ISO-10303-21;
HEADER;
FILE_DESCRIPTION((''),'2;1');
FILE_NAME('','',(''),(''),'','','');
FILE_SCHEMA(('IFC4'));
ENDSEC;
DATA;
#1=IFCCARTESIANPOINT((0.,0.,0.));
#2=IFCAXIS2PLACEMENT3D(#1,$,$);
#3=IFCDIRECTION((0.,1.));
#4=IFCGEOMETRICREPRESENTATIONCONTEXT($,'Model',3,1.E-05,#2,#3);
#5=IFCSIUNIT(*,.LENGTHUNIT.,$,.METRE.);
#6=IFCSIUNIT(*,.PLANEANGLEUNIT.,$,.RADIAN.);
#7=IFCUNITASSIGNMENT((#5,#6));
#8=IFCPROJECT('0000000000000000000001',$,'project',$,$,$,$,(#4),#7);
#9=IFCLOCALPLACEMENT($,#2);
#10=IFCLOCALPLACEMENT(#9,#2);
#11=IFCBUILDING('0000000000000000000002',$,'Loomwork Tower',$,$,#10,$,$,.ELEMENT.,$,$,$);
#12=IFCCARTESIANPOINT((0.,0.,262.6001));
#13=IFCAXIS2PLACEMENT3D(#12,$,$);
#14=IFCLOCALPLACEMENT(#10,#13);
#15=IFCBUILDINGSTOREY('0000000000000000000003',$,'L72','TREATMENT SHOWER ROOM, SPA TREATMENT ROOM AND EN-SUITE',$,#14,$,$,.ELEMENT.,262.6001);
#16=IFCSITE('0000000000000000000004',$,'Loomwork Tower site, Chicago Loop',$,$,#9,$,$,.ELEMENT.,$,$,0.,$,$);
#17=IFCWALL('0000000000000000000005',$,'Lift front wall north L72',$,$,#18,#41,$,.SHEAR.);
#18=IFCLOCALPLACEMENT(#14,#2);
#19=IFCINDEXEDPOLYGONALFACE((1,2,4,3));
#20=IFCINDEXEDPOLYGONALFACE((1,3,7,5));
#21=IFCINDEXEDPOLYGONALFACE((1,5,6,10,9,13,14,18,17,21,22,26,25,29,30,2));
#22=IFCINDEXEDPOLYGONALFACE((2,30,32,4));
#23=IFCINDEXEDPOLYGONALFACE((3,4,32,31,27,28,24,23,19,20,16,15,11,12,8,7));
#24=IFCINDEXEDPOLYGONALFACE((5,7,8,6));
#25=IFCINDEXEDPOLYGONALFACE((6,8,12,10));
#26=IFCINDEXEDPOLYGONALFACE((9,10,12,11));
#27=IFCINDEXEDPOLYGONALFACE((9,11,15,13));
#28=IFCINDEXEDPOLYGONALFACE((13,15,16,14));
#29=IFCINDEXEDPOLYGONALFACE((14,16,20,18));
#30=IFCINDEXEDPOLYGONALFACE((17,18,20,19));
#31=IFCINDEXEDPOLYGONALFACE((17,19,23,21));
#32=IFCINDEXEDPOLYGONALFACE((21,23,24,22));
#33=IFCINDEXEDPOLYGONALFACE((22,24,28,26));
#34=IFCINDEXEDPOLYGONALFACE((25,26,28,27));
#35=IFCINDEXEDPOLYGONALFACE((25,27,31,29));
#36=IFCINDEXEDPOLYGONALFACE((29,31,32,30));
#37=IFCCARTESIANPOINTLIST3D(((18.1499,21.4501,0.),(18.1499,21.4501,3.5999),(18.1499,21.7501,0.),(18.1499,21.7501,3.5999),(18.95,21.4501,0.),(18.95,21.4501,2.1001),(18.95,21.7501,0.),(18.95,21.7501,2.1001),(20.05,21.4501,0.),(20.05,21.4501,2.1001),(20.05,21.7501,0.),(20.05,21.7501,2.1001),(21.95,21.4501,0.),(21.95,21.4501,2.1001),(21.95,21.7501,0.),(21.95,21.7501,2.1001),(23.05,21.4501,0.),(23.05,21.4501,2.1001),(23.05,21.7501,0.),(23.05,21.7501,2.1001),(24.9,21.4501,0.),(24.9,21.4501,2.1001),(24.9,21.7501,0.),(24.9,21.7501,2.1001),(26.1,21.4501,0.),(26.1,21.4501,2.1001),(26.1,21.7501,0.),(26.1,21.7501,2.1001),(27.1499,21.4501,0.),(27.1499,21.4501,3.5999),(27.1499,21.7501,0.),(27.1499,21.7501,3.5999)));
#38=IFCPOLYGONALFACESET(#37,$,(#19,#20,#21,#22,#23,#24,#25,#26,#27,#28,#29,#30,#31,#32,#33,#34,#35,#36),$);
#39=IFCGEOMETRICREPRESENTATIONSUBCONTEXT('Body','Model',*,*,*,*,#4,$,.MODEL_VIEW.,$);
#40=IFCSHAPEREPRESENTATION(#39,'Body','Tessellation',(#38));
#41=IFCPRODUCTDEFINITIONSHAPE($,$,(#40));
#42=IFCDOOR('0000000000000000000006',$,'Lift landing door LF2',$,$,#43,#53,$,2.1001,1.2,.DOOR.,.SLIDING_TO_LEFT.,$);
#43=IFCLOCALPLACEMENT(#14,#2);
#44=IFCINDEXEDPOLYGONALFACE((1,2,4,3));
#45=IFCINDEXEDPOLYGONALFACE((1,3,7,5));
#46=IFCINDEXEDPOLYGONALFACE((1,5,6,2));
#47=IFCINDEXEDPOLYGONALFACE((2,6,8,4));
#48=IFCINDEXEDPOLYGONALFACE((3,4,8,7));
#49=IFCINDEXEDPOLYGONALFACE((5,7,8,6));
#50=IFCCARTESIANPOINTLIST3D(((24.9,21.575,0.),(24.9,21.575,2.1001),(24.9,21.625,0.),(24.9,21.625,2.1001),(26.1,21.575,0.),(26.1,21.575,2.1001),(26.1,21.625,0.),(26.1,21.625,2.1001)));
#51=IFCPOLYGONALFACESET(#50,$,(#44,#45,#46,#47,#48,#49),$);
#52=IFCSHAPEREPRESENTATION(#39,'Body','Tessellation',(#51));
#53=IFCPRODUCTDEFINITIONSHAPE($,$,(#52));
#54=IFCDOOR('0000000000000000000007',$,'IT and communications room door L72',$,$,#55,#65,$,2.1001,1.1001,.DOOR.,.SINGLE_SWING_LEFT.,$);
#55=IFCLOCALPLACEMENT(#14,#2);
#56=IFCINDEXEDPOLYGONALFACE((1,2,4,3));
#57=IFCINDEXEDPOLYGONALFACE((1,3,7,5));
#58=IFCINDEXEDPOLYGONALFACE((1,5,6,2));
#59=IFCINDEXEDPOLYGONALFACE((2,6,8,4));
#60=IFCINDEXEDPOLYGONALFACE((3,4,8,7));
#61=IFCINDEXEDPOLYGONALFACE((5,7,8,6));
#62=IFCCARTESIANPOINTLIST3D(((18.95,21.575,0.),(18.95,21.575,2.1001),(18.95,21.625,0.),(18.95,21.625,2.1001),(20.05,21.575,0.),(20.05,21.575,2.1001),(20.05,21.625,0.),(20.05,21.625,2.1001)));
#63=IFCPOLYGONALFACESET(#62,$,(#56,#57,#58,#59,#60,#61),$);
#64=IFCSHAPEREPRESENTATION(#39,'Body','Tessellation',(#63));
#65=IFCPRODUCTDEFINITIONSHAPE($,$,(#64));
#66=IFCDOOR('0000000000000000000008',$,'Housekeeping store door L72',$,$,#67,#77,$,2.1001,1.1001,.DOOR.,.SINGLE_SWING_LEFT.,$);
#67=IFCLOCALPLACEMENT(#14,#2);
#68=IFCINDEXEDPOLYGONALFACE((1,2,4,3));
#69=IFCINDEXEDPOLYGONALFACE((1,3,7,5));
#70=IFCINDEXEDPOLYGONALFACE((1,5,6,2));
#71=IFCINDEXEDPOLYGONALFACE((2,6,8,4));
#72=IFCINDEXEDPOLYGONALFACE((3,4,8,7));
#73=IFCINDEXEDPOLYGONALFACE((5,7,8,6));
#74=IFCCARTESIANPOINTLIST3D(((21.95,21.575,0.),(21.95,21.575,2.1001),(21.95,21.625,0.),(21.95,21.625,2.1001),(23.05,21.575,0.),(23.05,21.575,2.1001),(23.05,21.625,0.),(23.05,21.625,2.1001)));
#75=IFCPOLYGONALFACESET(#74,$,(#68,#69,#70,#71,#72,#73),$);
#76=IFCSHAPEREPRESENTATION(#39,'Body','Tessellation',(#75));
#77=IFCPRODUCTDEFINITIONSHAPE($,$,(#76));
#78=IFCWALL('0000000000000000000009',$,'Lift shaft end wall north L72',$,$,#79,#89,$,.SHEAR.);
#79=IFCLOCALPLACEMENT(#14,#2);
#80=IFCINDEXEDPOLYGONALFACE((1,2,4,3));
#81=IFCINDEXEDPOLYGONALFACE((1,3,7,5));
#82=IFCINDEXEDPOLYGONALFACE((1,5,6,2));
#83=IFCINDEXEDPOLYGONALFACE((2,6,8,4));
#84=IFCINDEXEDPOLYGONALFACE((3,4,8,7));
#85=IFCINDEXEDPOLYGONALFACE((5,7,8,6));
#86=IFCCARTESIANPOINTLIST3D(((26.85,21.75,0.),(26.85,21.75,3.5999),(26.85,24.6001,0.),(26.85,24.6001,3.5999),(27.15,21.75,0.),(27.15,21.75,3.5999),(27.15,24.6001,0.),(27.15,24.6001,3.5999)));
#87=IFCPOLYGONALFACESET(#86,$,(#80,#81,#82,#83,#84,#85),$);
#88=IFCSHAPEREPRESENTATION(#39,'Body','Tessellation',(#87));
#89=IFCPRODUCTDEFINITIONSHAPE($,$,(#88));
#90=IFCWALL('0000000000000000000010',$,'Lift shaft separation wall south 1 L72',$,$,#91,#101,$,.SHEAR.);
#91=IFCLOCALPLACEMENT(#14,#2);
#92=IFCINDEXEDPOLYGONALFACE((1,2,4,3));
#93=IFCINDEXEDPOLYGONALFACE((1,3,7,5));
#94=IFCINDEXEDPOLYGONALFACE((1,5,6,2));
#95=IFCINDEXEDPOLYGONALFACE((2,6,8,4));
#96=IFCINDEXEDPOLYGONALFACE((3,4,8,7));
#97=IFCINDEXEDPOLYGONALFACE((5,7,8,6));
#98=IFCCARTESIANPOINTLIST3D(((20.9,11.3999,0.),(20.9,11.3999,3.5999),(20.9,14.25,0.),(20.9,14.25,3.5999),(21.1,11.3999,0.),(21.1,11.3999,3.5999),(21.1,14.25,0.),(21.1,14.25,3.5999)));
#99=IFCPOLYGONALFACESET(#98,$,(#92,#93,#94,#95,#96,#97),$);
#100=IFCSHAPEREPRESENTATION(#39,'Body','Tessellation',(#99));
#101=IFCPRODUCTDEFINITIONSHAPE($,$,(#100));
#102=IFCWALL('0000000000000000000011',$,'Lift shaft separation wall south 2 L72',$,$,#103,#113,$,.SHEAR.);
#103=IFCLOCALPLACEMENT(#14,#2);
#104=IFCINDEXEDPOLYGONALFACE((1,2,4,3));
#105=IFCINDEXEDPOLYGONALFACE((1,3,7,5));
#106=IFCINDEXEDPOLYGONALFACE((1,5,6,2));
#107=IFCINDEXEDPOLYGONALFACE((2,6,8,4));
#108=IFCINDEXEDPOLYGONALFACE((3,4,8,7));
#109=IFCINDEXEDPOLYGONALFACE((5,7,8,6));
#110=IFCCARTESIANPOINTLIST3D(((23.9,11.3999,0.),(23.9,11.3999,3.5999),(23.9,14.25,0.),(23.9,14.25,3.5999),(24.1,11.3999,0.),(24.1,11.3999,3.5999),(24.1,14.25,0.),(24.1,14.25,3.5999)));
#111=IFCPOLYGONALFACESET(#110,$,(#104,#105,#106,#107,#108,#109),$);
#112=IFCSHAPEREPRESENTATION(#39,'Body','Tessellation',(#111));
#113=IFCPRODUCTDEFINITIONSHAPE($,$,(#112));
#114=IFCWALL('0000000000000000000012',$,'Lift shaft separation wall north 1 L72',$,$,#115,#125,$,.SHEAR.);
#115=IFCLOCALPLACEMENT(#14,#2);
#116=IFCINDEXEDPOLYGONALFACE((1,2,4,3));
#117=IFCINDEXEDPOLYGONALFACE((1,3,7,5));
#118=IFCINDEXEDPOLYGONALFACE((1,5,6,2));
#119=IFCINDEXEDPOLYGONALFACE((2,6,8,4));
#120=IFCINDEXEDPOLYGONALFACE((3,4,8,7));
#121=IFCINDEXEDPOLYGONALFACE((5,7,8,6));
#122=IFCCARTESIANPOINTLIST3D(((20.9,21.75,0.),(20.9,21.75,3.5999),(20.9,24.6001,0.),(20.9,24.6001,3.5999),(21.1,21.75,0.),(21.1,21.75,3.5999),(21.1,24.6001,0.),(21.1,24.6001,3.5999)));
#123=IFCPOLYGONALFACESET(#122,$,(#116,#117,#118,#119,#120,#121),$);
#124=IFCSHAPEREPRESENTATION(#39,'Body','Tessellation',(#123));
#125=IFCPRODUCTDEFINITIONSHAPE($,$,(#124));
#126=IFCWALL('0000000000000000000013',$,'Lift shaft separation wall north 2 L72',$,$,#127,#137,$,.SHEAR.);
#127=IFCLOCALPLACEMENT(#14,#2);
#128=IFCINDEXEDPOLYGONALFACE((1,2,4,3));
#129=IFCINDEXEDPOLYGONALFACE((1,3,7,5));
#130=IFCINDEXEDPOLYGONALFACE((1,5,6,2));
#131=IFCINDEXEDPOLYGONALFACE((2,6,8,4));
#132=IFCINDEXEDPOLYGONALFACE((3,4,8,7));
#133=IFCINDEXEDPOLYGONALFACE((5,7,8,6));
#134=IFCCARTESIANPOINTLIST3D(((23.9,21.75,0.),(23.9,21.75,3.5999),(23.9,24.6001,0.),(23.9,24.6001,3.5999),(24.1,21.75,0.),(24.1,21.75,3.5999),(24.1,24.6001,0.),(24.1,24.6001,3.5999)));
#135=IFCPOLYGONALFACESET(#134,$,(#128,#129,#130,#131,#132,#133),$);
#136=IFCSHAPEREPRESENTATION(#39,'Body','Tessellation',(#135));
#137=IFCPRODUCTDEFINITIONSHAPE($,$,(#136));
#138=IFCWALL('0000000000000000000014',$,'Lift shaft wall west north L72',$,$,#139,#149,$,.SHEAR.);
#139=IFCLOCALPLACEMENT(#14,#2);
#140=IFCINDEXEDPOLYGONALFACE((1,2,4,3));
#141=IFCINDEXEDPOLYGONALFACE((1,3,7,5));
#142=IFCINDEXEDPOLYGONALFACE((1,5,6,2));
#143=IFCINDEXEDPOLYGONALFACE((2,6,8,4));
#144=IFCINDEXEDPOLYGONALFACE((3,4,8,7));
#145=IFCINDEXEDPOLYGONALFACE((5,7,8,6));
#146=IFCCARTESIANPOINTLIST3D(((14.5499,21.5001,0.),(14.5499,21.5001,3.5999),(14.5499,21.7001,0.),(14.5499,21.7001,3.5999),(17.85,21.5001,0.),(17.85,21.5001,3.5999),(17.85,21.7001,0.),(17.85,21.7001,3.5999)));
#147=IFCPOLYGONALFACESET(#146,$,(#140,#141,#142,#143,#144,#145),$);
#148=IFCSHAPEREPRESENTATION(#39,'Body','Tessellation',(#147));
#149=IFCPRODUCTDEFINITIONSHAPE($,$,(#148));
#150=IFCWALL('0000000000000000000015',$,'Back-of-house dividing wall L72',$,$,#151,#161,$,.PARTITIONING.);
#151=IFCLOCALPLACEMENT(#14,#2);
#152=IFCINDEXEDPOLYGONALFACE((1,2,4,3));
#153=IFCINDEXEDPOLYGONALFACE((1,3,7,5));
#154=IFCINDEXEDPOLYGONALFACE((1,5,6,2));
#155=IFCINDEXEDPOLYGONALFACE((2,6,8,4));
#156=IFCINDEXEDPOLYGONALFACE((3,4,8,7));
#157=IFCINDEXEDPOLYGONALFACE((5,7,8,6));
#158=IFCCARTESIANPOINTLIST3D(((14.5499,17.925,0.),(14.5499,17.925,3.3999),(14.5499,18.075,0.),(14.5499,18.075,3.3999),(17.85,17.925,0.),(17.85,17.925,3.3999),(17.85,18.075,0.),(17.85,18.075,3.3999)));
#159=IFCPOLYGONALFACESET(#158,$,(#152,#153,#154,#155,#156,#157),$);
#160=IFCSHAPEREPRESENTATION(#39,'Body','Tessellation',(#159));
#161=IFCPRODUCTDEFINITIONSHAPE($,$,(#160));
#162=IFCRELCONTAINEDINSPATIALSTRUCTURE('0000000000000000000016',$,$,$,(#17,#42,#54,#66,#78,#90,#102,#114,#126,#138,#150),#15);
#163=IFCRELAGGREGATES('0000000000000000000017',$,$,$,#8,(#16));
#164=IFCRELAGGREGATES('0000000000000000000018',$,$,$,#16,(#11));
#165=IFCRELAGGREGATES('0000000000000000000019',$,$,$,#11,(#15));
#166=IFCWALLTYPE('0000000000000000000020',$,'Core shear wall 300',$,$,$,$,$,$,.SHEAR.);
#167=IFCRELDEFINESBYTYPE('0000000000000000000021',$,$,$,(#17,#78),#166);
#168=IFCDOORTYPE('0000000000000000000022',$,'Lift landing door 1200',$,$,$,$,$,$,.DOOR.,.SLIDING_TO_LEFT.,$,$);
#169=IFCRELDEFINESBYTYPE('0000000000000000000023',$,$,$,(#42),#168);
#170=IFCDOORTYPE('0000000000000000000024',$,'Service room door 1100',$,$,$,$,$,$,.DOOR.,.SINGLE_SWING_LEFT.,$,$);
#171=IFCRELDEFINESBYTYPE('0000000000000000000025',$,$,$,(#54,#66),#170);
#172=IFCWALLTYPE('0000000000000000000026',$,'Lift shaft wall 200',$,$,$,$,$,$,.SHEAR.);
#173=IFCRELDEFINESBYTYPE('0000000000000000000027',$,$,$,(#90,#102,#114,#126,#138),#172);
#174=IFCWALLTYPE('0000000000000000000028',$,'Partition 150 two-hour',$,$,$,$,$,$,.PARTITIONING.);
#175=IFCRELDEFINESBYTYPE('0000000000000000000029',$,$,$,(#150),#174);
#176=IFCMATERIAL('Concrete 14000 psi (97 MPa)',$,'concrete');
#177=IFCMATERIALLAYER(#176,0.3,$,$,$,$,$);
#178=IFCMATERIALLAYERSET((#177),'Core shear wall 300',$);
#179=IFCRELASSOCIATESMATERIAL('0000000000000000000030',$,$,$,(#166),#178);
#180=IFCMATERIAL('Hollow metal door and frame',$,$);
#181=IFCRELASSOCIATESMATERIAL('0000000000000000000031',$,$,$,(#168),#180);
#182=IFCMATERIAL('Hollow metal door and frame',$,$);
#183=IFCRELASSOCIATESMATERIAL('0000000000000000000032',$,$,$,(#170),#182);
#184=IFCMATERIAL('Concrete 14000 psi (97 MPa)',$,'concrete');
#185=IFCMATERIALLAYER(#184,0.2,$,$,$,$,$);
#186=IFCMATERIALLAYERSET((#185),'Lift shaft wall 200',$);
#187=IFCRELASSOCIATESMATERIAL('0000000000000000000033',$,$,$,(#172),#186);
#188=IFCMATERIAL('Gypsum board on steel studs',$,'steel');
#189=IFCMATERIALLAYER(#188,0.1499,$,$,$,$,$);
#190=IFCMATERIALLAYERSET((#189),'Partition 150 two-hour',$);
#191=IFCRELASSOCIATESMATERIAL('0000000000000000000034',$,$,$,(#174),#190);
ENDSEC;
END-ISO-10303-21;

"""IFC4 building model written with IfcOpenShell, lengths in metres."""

from ifc_helpers import new_model, si_unit, direction, frame, frame_2d, origin, place, context, subcontext, project, spatial, rectangle, extrude, material, layer, layer_set, type_object, element, fill, save


model = new_model("IFC4")

# Units and contexts
model_context = context("Model", 3, precision=1e-05, world=origin(), true_north=direction((0.0, 1.0)))
body_context = subcontext(model_context, "Body", "Model", "MODEL_VIEW")
ifc_project = project(units=[si_unit("LENGTHUNIT", "METRE"), si_unit("PLANEANGLEUNIT", "RADIAN")], contexts=[model_context])

# Site, building, storey
site_placement = place(None, origin())
site = spatial("IfcSite", under=ifc_project, at=site_placement, Name="Loomwork Tower site, Chicago Loop", CompositionType="ELEMENT", RefElevation=0.0)
building_placement = place(site_placement, origin())
building = spatial("IfcBuilding", under=site, at=building_placement, Name="Loomwork Tower", CompositionType="ELEMENT")
storey_placement = place(building_placement, frame((0.0, 0.0, 262.6001)))
storey = spatial("IfcBuildingStorey", under=building, at=storey_placement, Name="L72", Description="TREATMENT SHOWER ROOM, SPA TREATMENT ROOM AND EN-SUITE", CompositionType="ELEMENT", Elevation=262.6001)

# Shared definitions
ifc_material_1 = material(Name="Concrete 14000 psi (97 MPa)", Category="concrete")
ifc_layer_1 = layer(ifc_material_1, 0.3)
ifc_layer_set_1 = layer_set([ifc_layer_1], Name="Core shear wall 300")
wall_type_1 = type_object("IfcWallType", Name="Core shear wall 300", PredefinedType="SHEAR", material=ifc_layer_set_1)
ifc_material_2 = material(Name="Hollow metal door and frame")
door_type_1 = type_object("IfcDoorType", Name="Lift landing door 1200", OperationType="SLIDING_TO_LEFT", PredefinedType="DOOR", material=ifc_material_2)
ifc_material_3 = material(Name="Hollow metal door and frame")
door_type_2 = type_object("IfcDoorType", Name="Service room door 1100", OperationType="SINGLE_SWING_LEFT", PredefinedType="DOOR", material=ifc_material_3)

# Wall, openings, doors
wall_1_placement = place(storey_placement, frame((18.1499, 21.6001, 0.0), z_axis=(0.0, 0.0, 1.0), x_axis=(1.0, 0.0, 0.0)))
wall_1 = element("IfcWall", 1, at=wall_1_placement, inside=storey, type_object=wall_type_1, Name="Lift front wall north L72", PredefinedType="SHEAR", context=body_context, shape_type="SweptSolid", body=[
    extrude(rectangle(XDim=9.0, YDim=0.3, at=frame_2d((4.5, 0.0))), origin(), (0.0, 0.0, 1.0), 3.5999),
])
opening_1_placement = place(wall_1_placement, frame((6.75, 0.0, 0.0)))
opening_1 = element("IfcOpeningElement", 2, at=opening_1_placement, cuts=wall_1, PredefinedType="OPENING", context=body_context, shape_type="SweptSolid", body=[
    extrude(rectangle(XDim=1.2, YDim=2.1001, at=frame_2d((0.6001, 1.05))), frame((0.0, 0.1599, 0.0), z_axis=(0.0, -1.0, 0.0), x_axis=(1.0, 0.0, 0.0)), (0.0, 0.0, 1.0), 0.3201),
])
opening_2_placement = place(wall_1_placement, frame((0.8, 0.0, 0.0)))
opening_2 = element("IfcOpeningElement", 3, at=opening_2_placement, cuts=wall_1, PredefinedType="OPENING", context=body_context, shape_type="SweptSolid", body=[
    extrude(rectangle(XDim=1.1001, YDim=2.1001, at=frame_2d((0.55, 1.05))), frame((0.0, 0.1599, 0.0), z_axis=(0.0, -1.0, 0.0), x_axis=(1.0, 0.0, 0.0)), (0.0, 0.0, 1.0), 0.3201),
])
opening_3_placement = place(wall_1_placement, frame((3.8, 0.0, 0.0)))
opening_3 = element("IfcOpeningElement", 4, at=opening_3_placement, cuts=wall_1, PredefinedType="OPENING", context=body_context, shape_type="SweptSolid", body=[
    extrude(rectangle(XDim=1.1001, YDim=2.1001, at=frame_2d((0.55, 1.05))), frame((0.0, 0.1599, 0.0), z_axis=(0.0, -1.0, 0.0), x_axis=(1.0, 0.0, 0.0)), (0.0, 0.0, 1.0), 0.3201),
])
door_1_placement = place(opening_1_placement, origin())
door_1 = element("IfcDoor", 5, at=door_1_placement, inside=storey, type_object=door_type_1, Name="Lift landing door LF2", OperationType="SLIDING_TO_LEFT", OverallHeight=2.1001, OverallWidth=1.2, PredefinedType="DOOR", context=body_context, shape_type="SweptSolid", body=[
    extrude(rectangle(XDim=1.2, YDim=2.1001, at=frame_2d((0.6001, 1.05))), frame((0.0, 0.0249, 0.0), z_axis=(0.0, -1.0, 0.0), x_axis=(1.0, 0.0, 0.0)), (0.0, 0.0, 1.0), 0.05),
])
fill(opening_1, door_1)
door_2_placement = place(opening_2_placement, origin())
door_2 = element("IfcDoor", 6, at=door_2_placement, inside=storey, type_object=door_type_2, Name="IT and communications room door L72", OperationType="SINGLE_SWING_LEFT", OverallHeight=2.1001, OverallWidth=1.1001, PredefinedType="DOOR", context=body_context, shape_type="SweptSolid", body=[
    extrude(rectangle(XDim=1.1001, YDim=2.1001, at=frame_2d((0.55, 1.05))), frame((0.0, 0.0249, 0.0), z_axis=(0.0, -1.0, 0.0), x_axis=(1.0, 0.0, 0.0)), (0.0, 0.0, 1.0), 0.05),
])
fill(opening_2, door_2)
door_3_placement = place(opening_3_placement, origin())
door_3 = element("IfcDoor", 7, at=door_3_placement, inside=storey, type_object=door_type_2, Name="Housekeeping store door L72", OperationType="SINGLE_SWING_LEFT", OverallHeight=2.1001, OverallWidth=1.1001, PredefinedType="DOOR", context=body_context, shape_type="SweptSolid", body=[
    extrude(rectangle(XDim=1.1001, YDim=2.1001, at=frame_2d((0.55, 1.05))), frame((0.0, 0.0249, 0.0), z_axis=(0.0, -1.0, 0.0), x_axis=(1.0, 0.0, 0.0)), (0.0, 0.0, 1.0), 0.05),
])
fill(opening_3, door_3)

# Walls
wall_2_placement = place(storey_placement, frame((27.0, 21.75, 0.0), z_axis=(0.0, 0.0, 1.0), x_axis=(0.0, 1.0, 0.0)))
element("IfcWall", 8, at=wall_2_placement, inside=storey, type_object=wall_type_1, Name="Lift shaft end wall north L72", PredefinedType="SHEAR", context=body_context, shape_type="SweptSolid", body=[
    extrude(rectangle(XDim=2.8501, YDim=0.3, at=frame_2d((1.425, 0.0))), origin(), (0.0, 0.0, 1.0), 3.5999),
])
ifc_material_4 = material(Name="Concrete 14000 psi (97 MPa)", Category="concrete")
ifc_layer_2 = layer(ifc_material_4, 0.2)
ifc_layer_set_2 = layer_set([ifc_layer_2], Name="Lift shaft wall 200")
wall_type_2 = type_object("IfcWallType", Name="Lift shaft wall 200", PredefinedType="SHEAR", material=ifc_layer_set_2)
for number, where, z_axis, x_axis, name in (
    (9, (21.0, 11.3999, 0.0), (0.0, 0.0, 1.0), (0.0, 1.0, 0.0), "Lift shaft separation wall south 1 L72"),
    (10, (24.0, 11.3999, 0.0), (0.0, 0.0, 1.0), (0.0, 1.0, 0.0), "Lift shaft separation wall south 2 L72"),
    (11, (21.0, 21.75, 0.0), (0.0, 0.0, 1.0), (0.0, 1.0, 0.0), "Lift shaft separation wall north 1 L72"),
    (12, (24.0, 21.75, 0.0), (0.0, 0.0, 1.0), (0.0, 1.0, 0.0), "Lift shaft separation wall north 2 L72"),
):
    element("IfcWall", number, at=place(storey_placement, frame(where, z_axis=z_axis, x_axis=x_axis)), inside=storey, type_object=wall_type_2, Name=name, PredefinedType="SHEAR", context=body_context, shape_type="SweptSolid", body=[
        extrude(rectangle(XDim=2.8501, YDim=0.2, at=frame_2d((1.425, 0.0))), origin(), (0.0, 0.0, 1.0), 3.5999),
    ])
wall_3_placement = place(storey_placement, frame((14.55, 21.6001, 0.0), z_axis=(0.0, 0.0, 1.0), x_axis=(1.0, 0.0, 0.0)))
element("IfcWall", 13, at=wall_3_placement, inside=storey, type_object=wall_type_2, Name="Lift shaft wall west north L72", PredefinedType="SHEAR", context=body_context, shape_type="SweptSolid", body=[
    extrude(rectangle(XDim=3.3, YDim=0.2, at=frame_2d((1.6499, 0.0))), origin(), (0.0, 0.0, 1.0), 3.5999),
])
ifc_material_5 = material(Name="Gypsum board on steel studs", Category="steel")
ifc_layer_3 = layer(ifc_material_5, 0.1499)
ifc_layer_set_3 = layer_set([ifc_layer_3], Name="Partition 150 two-hour")
wall_type_3 = type_object("IfcWallType", Name="Partition 150 two-hour", PredefinedType="PARTITIONING", material=ifc_layer_set_3)
wall_4_placement = place(storey_placement, frame((14.55, 18.0, 0.0), z_axis=(0.0, 0.0, 1.0), x_axis=(1.0, 0.0, 0.0)))
element("IfcWall", 14, at=wall_4_placement, inside=storey, type_object=wall_type_3, Name="Back-of-house dividing wall L72", PredefinedType="PARTITIONING", context=body_context, shape_type="SweptSolid", body=[
    extrude(rectangle(XDim=3.3, YDim=0.1499, at=frame_2d((1.6499, 0.0))), origin(), (0.0, 0.0, 1.0), 3.3999),
])

save(model, "model.ifc")
